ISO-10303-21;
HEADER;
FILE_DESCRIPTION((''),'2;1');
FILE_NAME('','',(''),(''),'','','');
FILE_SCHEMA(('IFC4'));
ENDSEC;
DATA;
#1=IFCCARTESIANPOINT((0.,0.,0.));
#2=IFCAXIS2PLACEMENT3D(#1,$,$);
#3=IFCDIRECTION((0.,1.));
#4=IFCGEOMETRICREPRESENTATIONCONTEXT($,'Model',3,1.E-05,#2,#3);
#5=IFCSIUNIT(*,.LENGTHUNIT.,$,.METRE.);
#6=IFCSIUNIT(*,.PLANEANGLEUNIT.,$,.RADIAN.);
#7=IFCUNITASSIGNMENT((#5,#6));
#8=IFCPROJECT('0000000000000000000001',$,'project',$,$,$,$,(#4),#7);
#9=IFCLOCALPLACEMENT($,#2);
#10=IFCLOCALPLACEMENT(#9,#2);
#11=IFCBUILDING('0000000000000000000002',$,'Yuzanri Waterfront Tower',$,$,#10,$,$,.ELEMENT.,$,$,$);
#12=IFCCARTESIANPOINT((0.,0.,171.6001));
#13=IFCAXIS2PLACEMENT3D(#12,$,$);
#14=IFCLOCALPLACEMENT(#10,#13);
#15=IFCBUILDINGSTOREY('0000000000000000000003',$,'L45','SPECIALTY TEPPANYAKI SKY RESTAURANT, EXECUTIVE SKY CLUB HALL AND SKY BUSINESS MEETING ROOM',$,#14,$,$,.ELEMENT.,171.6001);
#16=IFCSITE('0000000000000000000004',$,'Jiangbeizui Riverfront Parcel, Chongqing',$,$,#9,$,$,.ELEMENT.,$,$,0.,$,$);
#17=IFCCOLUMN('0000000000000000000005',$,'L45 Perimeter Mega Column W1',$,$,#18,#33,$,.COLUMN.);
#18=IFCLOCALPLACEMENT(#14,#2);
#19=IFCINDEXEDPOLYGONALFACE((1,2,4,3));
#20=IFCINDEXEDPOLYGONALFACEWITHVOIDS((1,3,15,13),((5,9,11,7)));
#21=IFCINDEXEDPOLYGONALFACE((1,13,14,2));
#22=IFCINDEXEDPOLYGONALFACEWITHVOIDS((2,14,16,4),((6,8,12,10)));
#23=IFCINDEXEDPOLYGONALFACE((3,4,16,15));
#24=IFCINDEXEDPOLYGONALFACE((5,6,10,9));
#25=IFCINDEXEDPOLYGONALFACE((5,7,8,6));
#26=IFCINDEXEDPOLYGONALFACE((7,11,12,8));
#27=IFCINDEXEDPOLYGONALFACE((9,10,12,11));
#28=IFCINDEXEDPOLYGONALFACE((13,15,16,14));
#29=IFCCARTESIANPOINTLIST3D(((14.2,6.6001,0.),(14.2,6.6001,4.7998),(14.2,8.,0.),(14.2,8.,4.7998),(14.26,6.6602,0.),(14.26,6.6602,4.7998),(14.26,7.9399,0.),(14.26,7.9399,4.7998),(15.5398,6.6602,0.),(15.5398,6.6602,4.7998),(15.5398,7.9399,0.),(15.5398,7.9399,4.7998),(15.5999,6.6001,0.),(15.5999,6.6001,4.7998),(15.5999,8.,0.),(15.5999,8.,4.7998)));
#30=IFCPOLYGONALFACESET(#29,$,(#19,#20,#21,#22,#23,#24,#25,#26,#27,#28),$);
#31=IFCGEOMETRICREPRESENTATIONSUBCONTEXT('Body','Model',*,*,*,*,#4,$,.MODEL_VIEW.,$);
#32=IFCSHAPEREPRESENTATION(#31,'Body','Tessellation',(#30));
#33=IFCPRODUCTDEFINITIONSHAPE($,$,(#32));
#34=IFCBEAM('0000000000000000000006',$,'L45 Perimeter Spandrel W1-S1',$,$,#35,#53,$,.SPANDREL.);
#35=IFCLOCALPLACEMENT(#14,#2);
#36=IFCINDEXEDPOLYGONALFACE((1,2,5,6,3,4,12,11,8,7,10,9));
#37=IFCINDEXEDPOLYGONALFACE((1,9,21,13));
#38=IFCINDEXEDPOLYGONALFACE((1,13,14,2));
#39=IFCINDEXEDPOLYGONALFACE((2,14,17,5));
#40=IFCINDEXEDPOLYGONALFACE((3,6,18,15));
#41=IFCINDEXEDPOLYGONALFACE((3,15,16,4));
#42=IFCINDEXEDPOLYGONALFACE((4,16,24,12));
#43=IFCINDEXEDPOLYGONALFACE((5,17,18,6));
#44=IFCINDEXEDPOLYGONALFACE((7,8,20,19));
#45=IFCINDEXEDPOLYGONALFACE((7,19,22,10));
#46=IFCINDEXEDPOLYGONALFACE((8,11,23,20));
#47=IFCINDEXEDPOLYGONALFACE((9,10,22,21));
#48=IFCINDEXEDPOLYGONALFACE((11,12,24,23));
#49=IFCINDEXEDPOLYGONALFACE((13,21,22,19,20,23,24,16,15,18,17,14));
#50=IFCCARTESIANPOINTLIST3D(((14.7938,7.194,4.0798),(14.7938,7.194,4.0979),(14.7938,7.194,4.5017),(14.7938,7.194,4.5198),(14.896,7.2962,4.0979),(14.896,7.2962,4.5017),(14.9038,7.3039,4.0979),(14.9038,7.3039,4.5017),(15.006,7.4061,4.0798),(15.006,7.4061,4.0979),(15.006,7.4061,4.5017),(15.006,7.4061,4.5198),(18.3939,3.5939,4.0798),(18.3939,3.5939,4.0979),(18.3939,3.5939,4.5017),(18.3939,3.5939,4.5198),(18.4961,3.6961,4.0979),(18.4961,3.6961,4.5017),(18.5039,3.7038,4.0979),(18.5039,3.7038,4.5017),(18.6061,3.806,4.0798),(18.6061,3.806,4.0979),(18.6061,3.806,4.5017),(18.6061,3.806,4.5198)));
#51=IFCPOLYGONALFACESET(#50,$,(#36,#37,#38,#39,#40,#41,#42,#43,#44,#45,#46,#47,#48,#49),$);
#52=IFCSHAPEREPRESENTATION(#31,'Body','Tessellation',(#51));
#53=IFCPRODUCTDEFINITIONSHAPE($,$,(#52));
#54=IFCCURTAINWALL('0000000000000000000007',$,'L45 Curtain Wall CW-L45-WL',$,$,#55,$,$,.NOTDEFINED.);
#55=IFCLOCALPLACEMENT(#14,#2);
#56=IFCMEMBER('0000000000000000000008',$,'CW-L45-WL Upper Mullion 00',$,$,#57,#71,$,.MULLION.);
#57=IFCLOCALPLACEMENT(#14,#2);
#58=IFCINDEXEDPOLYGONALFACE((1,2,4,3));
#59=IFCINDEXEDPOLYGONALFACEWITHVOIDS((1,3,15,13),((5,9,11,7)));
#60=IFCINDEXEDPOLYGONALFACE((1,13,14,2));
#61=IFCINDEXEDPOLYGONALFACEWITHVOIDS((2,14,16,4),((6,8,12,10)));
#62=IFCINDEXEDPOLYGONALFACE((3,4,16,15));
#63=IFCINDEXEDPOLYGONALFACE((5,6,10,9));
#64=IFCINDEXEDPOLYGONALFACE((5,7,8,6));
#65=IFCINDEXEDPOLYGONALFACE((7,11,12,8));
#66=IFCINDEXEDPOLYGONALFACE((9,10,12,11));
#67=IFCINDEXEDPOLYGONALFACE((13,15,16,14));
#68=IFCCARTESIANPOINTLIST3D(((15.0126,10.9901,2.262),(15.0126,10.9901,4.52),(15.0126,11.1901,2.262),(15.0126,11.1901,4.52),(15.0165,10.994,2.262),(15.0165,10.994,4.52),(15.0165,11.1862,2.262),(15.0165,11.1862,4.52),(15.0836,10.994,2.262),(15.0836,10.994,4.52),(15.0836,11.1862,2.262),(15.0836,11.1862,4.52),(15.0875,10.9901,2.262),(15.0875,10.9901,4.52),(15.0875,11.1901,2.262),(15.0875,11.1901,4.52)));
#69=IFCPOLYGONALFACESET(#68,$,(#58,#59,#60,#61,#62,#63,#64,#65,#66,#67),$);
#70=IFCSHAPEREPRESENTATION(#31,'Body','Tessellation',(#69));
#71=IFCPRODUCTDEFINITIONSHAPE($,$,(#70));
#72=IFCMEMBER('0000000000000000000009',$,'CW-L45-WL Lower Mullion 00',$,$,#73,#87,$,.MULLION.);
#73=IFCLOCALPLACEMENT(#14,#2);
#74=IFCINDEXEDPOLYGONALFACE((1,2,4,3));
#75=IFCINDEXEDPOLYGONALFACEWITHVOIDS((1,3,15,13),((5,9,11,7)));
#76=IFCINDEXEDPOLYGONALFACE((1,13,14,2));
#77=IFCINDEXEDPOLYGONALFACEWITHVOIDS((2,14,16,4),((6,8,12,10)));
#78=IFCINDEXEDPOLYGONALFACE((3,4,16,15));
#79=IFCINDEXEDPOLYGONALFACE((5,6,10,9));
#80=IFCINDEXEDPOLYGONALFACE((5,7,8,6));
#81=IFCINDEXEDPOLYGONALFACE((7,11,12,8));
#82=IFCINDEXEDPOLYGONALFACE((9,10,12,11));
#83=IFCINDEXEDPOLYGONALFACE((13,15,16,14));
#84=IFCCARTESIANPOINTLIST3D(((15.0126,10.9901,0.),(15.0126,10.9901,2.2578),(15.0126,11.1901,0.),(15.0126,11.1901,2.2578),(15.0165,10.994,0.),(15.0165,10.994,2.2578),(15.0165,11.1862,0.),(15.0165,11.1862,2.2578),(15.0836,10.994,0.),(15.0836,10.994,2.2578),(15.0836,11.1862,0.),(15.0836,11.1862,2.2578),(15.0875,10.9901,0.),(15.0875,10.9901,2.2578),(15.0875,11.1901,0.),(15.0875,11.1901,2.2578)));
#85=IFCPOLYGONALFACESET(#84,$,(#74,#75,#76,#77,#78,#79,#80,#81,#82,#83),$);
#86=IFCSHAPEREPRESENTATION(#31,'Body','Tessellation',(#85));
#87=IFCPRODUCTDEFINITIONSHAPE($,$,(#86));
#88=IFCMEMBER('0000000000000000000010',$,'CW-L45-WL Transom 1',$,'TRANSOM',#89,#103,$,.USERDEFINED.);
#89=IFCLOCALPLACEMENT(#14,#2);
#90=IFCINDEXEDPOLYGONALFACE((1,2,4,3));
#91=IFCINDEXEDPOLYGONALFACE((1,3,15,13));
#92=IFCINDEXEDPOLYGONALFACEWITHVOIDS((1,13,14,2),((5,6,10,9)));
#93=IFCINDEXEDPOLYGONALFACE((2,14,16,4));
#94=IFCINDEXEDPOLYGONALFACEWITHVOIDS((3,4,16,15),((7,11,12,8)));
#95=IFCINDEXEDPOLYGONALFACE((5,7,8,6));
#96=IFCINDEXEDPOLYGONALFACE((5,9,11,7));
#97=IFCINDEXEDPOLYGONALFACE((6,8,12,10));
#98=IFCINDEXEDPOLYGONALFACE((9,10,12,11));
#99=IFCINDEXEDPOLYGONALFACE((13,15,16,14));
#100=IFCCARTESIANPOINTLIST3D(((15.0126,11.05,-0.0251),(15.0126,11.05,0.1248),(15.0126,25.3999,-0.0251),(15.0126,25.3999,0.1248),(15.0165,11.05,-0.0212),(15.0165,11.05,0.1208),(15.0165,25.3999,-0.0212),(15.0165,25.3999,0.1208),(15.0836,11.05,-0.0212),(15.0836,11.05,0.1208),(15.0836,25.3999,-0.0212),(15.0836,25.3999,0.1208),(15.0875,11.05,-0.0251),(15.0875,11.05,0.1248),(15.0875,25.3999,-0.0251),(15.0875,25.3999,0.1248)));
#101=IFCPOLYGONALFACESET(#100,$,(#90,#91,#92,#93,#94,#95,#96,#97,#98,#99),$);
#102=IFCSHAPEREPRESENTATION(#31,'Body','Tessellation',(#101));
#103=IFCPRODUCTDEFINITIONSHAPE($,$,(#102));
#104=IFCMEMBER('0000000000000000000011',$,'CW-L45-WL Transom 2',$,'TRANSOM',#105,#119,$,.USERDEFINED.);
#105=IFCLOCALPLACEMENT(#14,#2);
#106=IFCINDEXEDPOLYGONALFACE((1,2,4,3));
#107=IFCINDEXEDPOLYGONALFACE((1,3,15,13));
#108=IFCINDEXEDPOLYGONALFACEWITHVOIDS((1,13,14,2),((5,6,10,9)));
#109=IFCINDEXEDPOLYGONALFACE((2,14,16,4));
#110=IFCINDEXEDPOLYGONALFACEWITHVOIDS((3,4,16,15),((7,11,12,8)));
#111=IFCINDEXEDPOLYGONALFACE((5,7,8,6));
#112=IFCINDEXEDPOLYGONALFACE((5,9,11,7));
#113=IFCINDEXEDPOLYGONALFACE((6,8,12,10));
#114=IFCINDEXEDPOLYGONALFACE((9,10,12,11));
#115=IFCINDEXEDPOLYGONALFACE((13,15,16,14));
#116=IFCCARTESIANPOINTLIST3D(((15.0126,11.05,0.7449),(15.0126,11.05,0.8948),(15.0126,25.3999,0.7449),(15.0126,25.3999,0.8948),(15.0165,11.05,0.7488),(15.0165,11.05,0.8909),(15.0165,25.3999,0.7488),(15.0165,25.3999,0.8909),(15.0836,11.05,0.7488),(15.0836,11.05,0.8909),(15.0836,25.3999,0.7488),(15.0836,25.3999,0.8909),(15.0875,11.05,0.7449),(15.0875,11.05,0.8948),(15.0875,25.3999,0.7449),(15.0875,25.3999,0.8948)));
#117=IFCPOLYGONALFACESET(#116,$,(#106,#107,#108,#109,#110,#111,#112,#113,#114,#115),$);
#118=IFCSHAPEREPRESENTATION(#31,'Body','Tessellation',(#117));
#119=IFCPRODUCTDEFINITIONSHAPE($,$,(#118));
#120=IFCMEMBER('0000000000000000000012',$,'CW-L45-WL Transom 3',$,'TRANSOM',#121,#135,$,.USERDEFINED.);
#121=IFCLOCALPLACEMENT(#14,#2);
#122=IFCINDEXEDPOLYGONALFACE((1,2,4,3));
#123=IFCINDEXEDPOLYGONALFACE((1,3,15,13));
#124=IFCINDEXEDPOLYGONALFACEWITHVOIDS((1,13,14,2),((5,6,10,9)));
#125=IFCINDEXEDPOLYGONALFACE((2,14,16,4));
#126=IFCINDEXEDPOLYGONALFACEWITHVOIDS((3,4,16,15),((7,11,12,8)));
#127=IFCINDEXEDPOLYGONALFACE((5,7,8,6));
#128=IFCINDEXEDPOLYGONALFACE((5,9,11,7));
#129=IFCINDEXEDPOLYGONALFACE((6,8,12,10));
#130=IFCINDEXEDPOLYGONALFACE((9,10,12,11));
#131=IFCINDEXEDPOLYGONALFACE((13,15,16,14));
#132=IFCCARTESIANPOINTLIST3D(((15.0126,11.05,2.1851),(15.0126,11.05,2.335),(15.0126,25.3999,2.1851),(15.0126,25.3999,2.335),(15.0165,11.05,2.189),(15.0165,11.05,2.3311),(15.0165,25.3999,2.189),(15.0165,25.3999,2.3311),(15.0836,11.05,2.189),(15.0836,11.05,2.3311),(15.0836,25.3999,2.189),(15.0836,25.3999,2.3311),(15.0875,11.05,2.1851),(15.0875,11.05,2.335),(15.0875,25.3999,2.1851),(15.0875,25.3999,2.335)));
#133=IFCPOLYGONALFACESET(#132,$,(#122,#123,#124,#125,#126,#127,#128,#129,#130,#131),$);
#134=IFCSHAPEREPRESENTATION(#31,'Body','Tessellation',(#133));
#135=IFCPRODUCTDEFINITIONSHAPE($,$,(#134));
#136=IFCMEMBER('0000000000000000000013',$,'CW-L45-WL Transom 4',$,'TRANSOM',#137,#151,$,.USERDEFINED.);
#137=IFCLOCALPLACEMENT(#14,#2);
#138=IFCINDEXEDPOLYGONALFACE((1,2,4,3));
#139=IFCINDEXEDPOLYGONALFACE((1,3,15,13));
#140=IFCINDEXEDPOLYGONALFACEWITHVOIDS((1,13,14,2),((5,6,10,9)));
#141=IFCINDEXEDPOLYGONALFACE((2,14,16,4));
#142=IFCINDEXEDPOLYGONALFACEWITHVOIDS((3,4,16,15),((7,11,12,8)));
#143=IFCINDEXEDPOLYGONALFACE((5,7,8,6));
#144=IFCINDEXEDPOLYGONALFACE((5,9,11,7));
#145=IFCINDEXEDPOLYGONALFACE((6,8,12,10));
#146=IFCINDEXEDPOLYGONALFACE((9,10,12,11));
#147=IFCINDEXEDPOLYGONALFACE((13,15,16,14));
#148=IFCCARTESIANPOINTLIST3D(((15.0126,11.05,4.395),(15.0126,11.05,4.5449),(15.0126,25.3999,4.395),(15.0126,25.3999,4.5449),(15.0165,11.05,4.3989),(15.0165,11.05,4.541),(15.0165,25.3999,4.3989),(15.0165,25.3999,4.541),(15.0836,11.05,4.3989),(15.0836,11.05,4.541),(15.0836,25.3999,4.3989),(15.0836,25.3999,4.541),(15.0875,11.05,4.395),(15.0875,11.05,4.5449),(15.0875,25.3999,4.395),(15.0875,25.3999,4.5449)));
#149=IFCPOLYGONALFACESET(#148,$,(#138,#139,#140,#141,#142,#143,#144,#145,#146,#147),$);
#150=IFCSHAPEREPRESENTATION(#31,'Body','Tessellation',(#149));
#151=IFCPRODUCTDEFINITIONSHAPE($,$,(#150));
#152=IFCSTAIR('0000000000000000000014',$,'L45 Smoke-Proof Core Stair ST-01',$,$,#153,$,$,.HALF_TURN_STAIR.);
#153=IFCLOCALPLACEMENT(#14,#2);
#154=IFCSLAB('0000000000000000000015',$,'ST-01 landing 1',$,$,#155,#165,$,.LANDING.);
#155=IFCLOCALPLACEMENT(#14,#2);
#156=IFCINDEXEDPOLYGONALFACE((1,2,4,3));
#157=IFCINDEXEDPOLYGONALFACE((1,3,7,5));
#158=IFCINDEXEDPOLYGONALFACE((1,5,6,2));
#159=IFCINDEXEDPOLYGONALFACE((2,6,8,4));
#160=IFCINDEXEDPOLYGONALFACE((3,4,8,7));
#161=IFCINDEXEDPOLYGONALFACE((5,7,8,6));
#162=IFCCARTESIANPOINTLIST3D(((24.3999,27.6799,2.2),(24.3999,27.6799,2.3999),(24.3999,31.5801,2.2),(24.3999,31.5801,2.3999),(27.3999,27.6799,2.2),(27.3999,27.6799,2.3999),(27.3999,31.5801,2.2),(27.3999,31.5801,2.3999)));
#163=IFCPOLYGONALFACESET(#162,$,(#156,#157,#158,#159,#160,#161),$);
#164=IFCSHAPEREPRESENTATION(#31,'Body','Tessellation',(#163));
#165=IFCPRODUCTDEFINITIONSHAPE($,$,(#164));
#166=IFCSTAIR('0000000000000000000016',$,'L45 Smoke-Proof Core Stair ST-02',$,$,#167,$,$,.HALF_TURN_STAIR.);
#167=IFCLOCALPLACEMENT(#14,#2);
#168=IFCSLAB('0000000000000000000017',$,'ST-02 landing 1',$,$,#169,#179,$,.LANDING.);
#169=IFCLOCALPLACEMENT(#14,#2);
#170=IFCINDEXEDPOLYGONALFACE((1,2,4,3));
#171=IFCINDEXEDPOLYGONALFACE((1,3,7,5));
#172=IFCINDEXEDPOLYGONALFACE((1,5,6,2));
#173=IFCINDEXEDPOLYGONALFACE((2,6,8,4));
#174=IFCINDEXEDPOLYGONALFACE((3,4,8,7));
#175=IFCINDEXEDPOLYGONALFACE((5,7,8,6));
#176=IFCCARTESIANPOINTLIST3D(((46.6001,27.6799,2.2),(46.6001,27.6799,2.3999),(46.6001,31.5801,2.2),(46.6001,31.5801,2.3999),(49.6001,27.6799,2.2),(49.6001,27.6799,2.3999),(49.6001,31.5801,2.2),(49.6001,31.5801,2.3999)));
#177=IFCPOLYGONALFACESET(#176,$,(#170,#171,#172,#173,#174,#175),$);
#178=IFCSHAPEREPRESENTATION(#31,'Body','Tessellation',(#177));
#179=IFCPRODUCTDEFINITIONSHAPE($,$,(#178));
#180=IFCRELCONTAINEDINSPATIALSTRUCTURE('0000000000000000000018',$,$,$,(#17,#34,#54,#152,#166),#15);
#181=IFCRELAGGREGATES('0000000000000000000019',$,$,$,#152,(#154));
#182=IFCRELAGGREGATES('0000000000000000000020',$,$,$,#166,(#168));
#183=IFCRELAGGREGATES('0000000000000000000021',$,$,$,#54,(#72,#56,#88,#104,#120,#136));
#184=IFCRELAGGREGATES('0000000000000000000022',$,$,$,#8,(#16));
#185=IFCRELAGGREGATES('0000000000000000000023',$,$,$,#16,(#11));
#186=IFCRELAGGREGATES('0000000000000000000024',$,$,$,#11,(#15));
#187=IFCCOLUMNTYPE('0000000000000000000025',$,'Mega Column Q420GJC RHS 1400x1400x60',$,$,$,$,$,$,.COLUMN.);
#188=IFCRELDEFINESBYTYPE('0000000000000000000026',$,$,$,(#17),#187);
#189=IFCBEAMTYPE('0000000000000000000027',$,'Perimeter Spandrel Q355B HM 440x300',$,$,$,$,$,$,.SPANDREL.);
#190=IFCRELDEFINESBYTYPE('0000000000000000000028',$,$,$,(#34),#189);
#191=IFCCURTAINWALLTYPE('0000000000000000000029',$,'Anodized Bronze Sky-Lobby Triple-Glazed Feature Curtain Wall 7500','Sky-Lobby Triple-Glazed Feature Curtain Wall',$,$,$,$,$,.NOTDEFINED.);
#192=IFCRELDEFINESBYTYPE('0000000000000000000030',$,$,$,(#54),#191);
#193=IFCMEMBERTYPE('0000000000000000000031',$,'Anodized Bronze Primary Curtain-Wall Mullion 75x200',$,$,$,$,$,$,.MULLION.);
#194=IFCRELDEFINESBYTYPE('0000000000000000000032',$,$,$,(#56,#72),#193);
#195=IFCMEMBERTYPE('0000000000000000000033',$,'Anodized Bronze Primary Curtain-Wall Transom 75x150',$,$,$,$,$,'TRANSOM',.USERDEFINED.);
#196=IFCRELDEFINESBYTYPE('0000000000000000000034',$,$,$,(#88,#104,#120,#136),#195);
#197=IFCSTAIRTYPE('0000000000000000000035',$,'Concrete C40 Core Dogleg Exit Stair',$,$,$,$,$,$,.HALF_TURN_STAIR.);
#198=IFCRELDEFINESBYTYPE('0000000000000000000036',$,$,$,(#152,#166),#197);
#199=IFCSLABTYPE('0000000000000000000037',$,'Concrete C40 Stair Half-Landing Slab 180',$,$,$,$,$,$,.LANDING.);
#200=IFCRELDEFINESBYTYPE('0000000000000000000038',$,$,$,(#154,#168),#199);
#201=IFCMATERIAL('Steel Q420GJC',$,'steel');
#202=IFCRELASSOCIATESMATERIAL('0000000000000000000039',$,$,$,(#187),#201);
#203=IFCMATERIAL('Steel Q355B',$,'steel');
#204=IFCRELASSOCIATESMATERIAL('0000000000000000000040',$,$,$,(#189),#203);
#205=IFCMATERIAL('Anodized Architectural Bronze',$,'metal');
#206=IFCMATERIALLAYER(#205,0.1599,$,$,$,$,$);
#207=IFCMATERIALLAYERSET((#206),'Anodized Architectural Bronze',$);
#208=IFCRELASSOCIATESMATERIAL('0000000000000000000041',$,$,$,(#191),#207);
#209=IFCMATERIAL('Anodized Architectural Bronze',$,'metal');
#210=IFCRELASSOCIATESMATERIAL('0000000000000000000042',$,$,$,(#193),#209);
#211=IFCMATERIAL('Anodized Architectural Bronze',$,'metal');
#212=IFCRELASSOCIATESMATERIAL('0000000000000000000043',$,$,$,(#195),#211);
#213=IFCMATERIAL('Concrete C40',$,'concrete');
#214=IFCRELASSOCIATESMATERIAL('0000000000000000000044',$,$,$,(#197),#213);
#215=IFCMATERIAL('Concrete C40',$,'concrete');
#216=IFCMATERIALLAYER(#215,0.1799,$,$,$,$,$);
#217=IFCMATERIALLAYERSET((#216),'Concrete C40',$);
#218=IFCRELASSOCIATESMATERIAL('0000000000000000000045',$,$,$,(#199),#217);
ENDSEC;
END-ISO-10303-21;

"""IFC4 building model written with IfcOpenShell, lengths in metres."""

from ifc_helpers import new_model, si_unit, direction, frame, origin, origin_2d, place, context, subcontext, project, spatial, polyline, hollow_rectangle, i_section, outline, extrude, source, transform, mapped, material, layer, layer_set, material_profile, profile_set, type_object, element, aggregate, save


model = new_model("IFC4")

# Units and contexts
model_context = context("Model", 3, precision=1e-05, world=origin(), true_north=direction((0.0, 1.0)))
body_context = subcontext(model_context, "Body", "Model", "MODEL_VIEW")
ifc_project = project(units=[si_unit("LENGTHUNIT", "METRE"), si_unit("PLANEANGLEUNIT", "RADIAN")], contexts=[model_context])

# Site, building, storey
site_placement = place(None, origin())
site = spatial("IfcSite", under=ifc_project, at=site_placement, Name="Jiangbeizui Riverfront Parcel, Chongqing", CompositionType="ELEMENT", RefElevation=0.0)
building_placement = place(site_placement, origin())
building = spatial("IfcBuilding", under=site, at=building_placement, Name="Yuzanri Waterfront Tower", CompositionType="ELEMENT")
storey_placement = place(building_placement, frame((0.0, 0.0, 171.6001)))
storey = spatial("IfcBuildingStorey", under=building, at=storey_placement, Name="L45", Description="SPECIALTY TEPPANYAKI SKY RESTAURANT, EXECUTIVE SKY CLUB HALL AND SKY BUSINESS MEETING ROOM", CompositionType="ELEMENT", Elevation=171.6001)

# Column
ifc_material_1 = material(Name="Steel Q420GJC", Category="steel")
ifc_material_profile_1 = material_profile(ifc_material_1, hollow_rectangle(XDim=1.3999, YDim=1.3999, WallThickness=0.0601, at=origin_2d()), Name="RHS 1400x1400x60")
ifc_profile_set_1 = profile_set([ifc_material_profile_1], Name="Steel Q420GJC")
column_type = type_object("IfcColumnType", Name="Mega Column Q420GJC RHS 1400x1400x60", PredefinedType="COLUMN", material=ifc_profile_set_1)
shared_shape_1 = source(origin(), body_context, "Body", "SweptSolid", [
    extrude(hollow_rectangle(XDim=1.3999, YDim=1.3999, WallThickness=0.0601, at=origin_2d()), origin(), (0.0, 0.0, 1.0), 4.7998),
])
column_placement = place(storey_placement, frame((14.8999, 7.3, 0.0), z_axis=(0.0, 0.0, 1.0), x_axis=(1.0, 0.0, 0.0)))
element("IfcColumn", 1, at=column_placement, inside=storey, type_object=column_type, Name="L45 Perimeter Mega Column W1", PredefinedType="COLUMN", context=body_context, shape_type="MappedRepresentation", body=[
    mapped(shared_shape_1, transform((0.0, 0.0, 0.0), scale=1.0)),
])

# Beam
ifc_material_2 = material(Name="Steel Q355B", Category="steel")
ifc_material_profile_2 = material_profile(ifc_material_2, i_section(OverallWidth=0.3, OverallDepth=0.4399, WebThickness=0.011, FlangeThickness=0.0181, at=origin_2d()), Name="HM 440x300x11x18")
ifc_profile_set_2 = profile_set([ifc_material_profile_2], Name="Steel Q355B")
beam_type = type_object("IfcBeamType", Name="Perimeter Spandrel Q355B HM 440x300", PredefinedType="SPANDREL", material=ifc_profile_set_2)
shared_shape_2 = source(origin(), body_context, "Body", "SweptSolid", [
    extrude(i_section(OverallWidth=0.3, OverallDepth=0.4399, WebThickness=0.011, FlangeThickness=0.0181, at=origin_2d()), origin(), (0.0, 0.0, 1.0), 5.0913),
])
beam_placement = place(storey_placement, frame((14.8999, 7.3, 4.2998), z_axis=(0.707107, -0.707107, 0.0), x_axis=(0.707107, 0.707107, 0.0)))
element("IfcBeam", 2, at=beam_placement, inside=storey, type_object=beam_type, Name="L45 Perimeter Spandrel W1-S1", PredefinedType="SPANDREL", context=body_context, shape_type="MappedRepresentation", body=[
    mapped(shared_shape_2, transform((0.0, 0.0, 0.0), scale=1.0)),
])

# Curtain wall, members
ifc_material_3 = material(Name="Anodized Architectural Bronze", Category="metal")
ifc_layer_1 = layer(ifc_material_3, 0.1599)
ifc_layer_set_1 = layer_set([ifc_layer_1], Name="Anodized Architectural Bronze")
curtain_wall_type = type_object("IfcCurtainWallType", Name="Anodized Bronze Sky-Lobby Triple-Glazed Feature Curtain Wall 7500", Description="Sky-Lobby Triple-Glazed Feature Curtain Wall", PredefinedType="NOTDEFINED", material=ifc_layer_set_1)
curtain_wall_placement = place(storey_placement, origin())
curtain_wall = element("IfcCurtainWall", 3, at=curtain_wall_placement, inside=storey, type_object=curtain_wall_type, Name="L45 Curtain Wall CW-L45-WL", PredefinedType="NOTDEFINED")
ifc_material_4 = material(Name="Anodized Architectural Bronze", Category="metal")
ifc_material_profile_3 = material_profile(ifc_material_4, hollow_rectangle(XDim=0.075, YDim=0.2, WallThickness=0.0039, at=origin_2d()), Name="CWM 75x200")
ifc_profile_set_3 = profile_set([ifc_material_profile_3], Name="Anodized Architectural Bronze")
member_type_1 = type_object("IfcMemberType", Name="Anodized Bronze Primary Curtain-Wall Mullion 75x200", PredefinedType="MULLION", material=ifc_profile_set_3)
shared_shape_3 = source(origin(), body_context, "Body", "SweptSolid", [
    extrude(hollow_rectangle(XDim=0.075, YDim=0.2, WallThickness=0.0039, at=origin_2d()), origin(), (0.0, 0.0, 1.0), 2.2581),
])
member_1_placement = place(storey_placement, frame((15.05, 11.0901, 2.262), z_axis=(0.0, 0.0, 1.0), x_axis=(1.0, 0.0, 0.0)))
member_1 = element("IfcMember", 4, at=member_1_placement, type_object=member_type_1, Name="CW-L45-WL Upper Mullion 00", PredefinedType="MULLION", context=body_context, shape_type="MappedRepresentation", body=[
    mapped(shared_shape_3, transform((0.0, 0.0, 0.0), scale=1.0)),
])
shared_shape_4 = source(origin(), body_context, "Body", "SweptSolid", [
    extrude(hollow_rectangle(XDim=0.075, YDim=0.2, WallThickness=0.0039, at=origin_2d()), origin(), (0.0, 0.0, 1.0), 2.2578),
])
member_2_placement = place(storey_placement, frame((15.05, 11.0901, 0.0), z_axis=(0.0, 0.0, 1.0), x_axis=(1.0, 0.0, 0.0)))
member_2 = element("IfcMember", 5, at=member_2_placement, type_object=member_type_1, Name="CW-L45-WL Lower Mullion 00", PredefinedType="MULLION", context=body_context, shape_type="MappedRepresentation", body=[
    mapped(shared_shape_4, transform((0.0, 0.0, 0.0), scale=1.0)),
])
ifc_material_5 = material(Name="Anodized Architectural Bronze", Category="metal")
ifc_material_profile_4 = material_profile(ifc_material_5, hollow_rectangle(XDim=0.075, YDim=0.1499, WallThickness=0.0039, at=origin_2d()), Name="CWT 75x150")
ifc_profile_set_4 = profile_set([ifc_material_profile_4], Name="Anodized Architectural Bronze")
member_type_2 = type_object("IfcMemberType", Name="Anodized Bronze Primary Curtain-Wall Transom 75x150", ElementType="TRANSOM", PredefinedType="USERDEFINED", material=ifc_profile_set_4)
shared_shape_5 = source(origin(), body_context, "Body", "SweptSolid", [
    extrude(hollow_rectangle(XDim=0.075, YDim=0.1499, WallThickness=0.0039, at=origin_2d()), origin(), (0.0, 0.0, 1.0), 14.3499),
])
member_3_placement = place(storey_placement, frame((15.05, 11.05, 0.0498), z_axis=(0.0, 1.0, 0.0), x_axis=(-1.0, 0.0, 0.0)))
member_3 = element("IfcMember", 6, at=member_3_placement, type_object=member_type_2, Name="CW-L45-WL Transom 1", ObjectType="TRANSOM", PredefinedType="USERDEFINED", context=body_context, shape_type="MappedRepresentation", body=[
    mapped(shared_shape_5, transform((0.0, 0.0, 0.0), scale=1.0)),
])
member_4_placement = place(storey_placement, frame((15.05, 11.05, 0.8198), z_axis=(0.0, 1.0, 0.0), x_axis=(-1.0, 0.0, 0.0)))
member_4 = element("IfcMember", 7, at=member_4_placement, type_object=member_type_2, Name="CW-L45-WL Transom 2", ObjectType="TRANSOM", PredefinedType="USERDEFINED", context=body_context, shape_type="MappedRepresentation", body=[
    mapped(shared_shape_5, transform((0.0, 0.0, 0.0), scale=1.0)),
])
member_5_placement = place(storey_placement, frame((15.05, 11.05, 2.26), z_axis=(0.0, 1.0, 0.0), x_axis=(-1.0, 0.0, 0.0)))
member_5 = element("IfcMember", 8, at=member_5_placement, type_object=member_type_2, Name="CW-L45-WL Transom 3", ObjectType="TRANSOM", PredefinedType="USERDEFINED", context=body_context, shape_type="MappedRepresentation", body=[
    mapped(shared_shape_5, transform((0.0, 0.0, 0.0), scale=1.0)),
])
member_6_placement = place(storey_placement, frame((15.05, 11.05, 4.47), z_axis=(0.0, 1.0, 0.0), x_axis=(-1.0, 0.0, 0.0)))
member_6 = element("IfcMember", 9, at=member_6_placement, type_object=member_type_2, Name="CW-L45-WL Transom 4", ObjectType="TRANSOM", PredefinedType="USERDEFINED", context=body_context, shape_type="MappedRepresentation", body=[
    mapped(shared_shape_5, transform((0.0, 0.0, 0.0), scale=1.0)),
])

# Stairs, slabs
ifc_material_6 = material(Name="Concrete C40", Category="concrete")
stair_type = type_object("IfcStairType", Name="Concrete C40 Core Dogleg Exit Stair", PredefinedType="HALF_TURN_STAIR", material=ifc_material_6)
stair_1_placement = place(storey_placement, origin())
stair_1 = element("IfcStair", 10, at=stair_1_placement, inside=storey, type_object=stair_type, Name="L45 Smoke-Proof Core Stair ST-01", PredefinedType="HALF_TURN_STAIR")
ifc_material_7 = material(Name="Concrete C40", Category="concrete")
ifc_layer_2 = layer(ifc_material_7, 0.1799)
ifc_layer_set_2 = layer_set([ifc_layer_2], Name="Concrete C40")
slab_type_1 = type_object("IfcSlabType", Name="Concrete C40 Stair Half-Landing Slab 180", PredefinedType="LANDING", material=ifc_layer_set_2)
slab_1_placement = place(storey_placement, frame((0.0, 0.0, 2.2)))
slab_1 = element("IfcSlab", 11, at=slab_1_placement, type_object=slab_type_1, Name="ST-01 landing 1", PredefinedType="LANDING", context=body_context, shape_type="SweptSolid", body=[
    extrude(outline(polyline([(27.3999, 27.6799), (27.3999, 31.5801), (24.3999, 31.5801), (24.3999, 27.6799), (27.3999, 27.6799)])), origin(), (0.0, 0.0, 1.0), 0.2),
])
aggregate(stair_1, [slab_1])
stair_2_placement = place(storey_placement, origin())
stair_2 = element("IfcStair", 12, at=stair_2_placement, inside=storey, type_object=stair_type, Name="L45 Smoke-Proof Core Stair ST-02", PredefinedType="HALF_TURN_STAIR")
slab_2_placement = place(storey_placement, frame((0.0, 0.0, 2.2)))
slab_2 = element("IfcSlab", 13, at=slab_2_placement, type_object=slab_type_1, Name="ST-02 landing 1", PredefinedType="LANDING", context=body_context, shape_type="SweptSolid", body=[
    extrude(outline(polyline([(49.6001, 27.6799), (49.6001, 31.5801), (46.6001, 31.5801), (46.6001, 27.6799), (49.6001, 27.6799)])), origin(), (0.0, 0.0, 1.0), 0.2),
])
aggregate(stair_2, [slab_2])

aggregate(curtain_wall, [member_2, member_1, member_3, member_4, member_5, member_6])

save(model, "model.ifc")
